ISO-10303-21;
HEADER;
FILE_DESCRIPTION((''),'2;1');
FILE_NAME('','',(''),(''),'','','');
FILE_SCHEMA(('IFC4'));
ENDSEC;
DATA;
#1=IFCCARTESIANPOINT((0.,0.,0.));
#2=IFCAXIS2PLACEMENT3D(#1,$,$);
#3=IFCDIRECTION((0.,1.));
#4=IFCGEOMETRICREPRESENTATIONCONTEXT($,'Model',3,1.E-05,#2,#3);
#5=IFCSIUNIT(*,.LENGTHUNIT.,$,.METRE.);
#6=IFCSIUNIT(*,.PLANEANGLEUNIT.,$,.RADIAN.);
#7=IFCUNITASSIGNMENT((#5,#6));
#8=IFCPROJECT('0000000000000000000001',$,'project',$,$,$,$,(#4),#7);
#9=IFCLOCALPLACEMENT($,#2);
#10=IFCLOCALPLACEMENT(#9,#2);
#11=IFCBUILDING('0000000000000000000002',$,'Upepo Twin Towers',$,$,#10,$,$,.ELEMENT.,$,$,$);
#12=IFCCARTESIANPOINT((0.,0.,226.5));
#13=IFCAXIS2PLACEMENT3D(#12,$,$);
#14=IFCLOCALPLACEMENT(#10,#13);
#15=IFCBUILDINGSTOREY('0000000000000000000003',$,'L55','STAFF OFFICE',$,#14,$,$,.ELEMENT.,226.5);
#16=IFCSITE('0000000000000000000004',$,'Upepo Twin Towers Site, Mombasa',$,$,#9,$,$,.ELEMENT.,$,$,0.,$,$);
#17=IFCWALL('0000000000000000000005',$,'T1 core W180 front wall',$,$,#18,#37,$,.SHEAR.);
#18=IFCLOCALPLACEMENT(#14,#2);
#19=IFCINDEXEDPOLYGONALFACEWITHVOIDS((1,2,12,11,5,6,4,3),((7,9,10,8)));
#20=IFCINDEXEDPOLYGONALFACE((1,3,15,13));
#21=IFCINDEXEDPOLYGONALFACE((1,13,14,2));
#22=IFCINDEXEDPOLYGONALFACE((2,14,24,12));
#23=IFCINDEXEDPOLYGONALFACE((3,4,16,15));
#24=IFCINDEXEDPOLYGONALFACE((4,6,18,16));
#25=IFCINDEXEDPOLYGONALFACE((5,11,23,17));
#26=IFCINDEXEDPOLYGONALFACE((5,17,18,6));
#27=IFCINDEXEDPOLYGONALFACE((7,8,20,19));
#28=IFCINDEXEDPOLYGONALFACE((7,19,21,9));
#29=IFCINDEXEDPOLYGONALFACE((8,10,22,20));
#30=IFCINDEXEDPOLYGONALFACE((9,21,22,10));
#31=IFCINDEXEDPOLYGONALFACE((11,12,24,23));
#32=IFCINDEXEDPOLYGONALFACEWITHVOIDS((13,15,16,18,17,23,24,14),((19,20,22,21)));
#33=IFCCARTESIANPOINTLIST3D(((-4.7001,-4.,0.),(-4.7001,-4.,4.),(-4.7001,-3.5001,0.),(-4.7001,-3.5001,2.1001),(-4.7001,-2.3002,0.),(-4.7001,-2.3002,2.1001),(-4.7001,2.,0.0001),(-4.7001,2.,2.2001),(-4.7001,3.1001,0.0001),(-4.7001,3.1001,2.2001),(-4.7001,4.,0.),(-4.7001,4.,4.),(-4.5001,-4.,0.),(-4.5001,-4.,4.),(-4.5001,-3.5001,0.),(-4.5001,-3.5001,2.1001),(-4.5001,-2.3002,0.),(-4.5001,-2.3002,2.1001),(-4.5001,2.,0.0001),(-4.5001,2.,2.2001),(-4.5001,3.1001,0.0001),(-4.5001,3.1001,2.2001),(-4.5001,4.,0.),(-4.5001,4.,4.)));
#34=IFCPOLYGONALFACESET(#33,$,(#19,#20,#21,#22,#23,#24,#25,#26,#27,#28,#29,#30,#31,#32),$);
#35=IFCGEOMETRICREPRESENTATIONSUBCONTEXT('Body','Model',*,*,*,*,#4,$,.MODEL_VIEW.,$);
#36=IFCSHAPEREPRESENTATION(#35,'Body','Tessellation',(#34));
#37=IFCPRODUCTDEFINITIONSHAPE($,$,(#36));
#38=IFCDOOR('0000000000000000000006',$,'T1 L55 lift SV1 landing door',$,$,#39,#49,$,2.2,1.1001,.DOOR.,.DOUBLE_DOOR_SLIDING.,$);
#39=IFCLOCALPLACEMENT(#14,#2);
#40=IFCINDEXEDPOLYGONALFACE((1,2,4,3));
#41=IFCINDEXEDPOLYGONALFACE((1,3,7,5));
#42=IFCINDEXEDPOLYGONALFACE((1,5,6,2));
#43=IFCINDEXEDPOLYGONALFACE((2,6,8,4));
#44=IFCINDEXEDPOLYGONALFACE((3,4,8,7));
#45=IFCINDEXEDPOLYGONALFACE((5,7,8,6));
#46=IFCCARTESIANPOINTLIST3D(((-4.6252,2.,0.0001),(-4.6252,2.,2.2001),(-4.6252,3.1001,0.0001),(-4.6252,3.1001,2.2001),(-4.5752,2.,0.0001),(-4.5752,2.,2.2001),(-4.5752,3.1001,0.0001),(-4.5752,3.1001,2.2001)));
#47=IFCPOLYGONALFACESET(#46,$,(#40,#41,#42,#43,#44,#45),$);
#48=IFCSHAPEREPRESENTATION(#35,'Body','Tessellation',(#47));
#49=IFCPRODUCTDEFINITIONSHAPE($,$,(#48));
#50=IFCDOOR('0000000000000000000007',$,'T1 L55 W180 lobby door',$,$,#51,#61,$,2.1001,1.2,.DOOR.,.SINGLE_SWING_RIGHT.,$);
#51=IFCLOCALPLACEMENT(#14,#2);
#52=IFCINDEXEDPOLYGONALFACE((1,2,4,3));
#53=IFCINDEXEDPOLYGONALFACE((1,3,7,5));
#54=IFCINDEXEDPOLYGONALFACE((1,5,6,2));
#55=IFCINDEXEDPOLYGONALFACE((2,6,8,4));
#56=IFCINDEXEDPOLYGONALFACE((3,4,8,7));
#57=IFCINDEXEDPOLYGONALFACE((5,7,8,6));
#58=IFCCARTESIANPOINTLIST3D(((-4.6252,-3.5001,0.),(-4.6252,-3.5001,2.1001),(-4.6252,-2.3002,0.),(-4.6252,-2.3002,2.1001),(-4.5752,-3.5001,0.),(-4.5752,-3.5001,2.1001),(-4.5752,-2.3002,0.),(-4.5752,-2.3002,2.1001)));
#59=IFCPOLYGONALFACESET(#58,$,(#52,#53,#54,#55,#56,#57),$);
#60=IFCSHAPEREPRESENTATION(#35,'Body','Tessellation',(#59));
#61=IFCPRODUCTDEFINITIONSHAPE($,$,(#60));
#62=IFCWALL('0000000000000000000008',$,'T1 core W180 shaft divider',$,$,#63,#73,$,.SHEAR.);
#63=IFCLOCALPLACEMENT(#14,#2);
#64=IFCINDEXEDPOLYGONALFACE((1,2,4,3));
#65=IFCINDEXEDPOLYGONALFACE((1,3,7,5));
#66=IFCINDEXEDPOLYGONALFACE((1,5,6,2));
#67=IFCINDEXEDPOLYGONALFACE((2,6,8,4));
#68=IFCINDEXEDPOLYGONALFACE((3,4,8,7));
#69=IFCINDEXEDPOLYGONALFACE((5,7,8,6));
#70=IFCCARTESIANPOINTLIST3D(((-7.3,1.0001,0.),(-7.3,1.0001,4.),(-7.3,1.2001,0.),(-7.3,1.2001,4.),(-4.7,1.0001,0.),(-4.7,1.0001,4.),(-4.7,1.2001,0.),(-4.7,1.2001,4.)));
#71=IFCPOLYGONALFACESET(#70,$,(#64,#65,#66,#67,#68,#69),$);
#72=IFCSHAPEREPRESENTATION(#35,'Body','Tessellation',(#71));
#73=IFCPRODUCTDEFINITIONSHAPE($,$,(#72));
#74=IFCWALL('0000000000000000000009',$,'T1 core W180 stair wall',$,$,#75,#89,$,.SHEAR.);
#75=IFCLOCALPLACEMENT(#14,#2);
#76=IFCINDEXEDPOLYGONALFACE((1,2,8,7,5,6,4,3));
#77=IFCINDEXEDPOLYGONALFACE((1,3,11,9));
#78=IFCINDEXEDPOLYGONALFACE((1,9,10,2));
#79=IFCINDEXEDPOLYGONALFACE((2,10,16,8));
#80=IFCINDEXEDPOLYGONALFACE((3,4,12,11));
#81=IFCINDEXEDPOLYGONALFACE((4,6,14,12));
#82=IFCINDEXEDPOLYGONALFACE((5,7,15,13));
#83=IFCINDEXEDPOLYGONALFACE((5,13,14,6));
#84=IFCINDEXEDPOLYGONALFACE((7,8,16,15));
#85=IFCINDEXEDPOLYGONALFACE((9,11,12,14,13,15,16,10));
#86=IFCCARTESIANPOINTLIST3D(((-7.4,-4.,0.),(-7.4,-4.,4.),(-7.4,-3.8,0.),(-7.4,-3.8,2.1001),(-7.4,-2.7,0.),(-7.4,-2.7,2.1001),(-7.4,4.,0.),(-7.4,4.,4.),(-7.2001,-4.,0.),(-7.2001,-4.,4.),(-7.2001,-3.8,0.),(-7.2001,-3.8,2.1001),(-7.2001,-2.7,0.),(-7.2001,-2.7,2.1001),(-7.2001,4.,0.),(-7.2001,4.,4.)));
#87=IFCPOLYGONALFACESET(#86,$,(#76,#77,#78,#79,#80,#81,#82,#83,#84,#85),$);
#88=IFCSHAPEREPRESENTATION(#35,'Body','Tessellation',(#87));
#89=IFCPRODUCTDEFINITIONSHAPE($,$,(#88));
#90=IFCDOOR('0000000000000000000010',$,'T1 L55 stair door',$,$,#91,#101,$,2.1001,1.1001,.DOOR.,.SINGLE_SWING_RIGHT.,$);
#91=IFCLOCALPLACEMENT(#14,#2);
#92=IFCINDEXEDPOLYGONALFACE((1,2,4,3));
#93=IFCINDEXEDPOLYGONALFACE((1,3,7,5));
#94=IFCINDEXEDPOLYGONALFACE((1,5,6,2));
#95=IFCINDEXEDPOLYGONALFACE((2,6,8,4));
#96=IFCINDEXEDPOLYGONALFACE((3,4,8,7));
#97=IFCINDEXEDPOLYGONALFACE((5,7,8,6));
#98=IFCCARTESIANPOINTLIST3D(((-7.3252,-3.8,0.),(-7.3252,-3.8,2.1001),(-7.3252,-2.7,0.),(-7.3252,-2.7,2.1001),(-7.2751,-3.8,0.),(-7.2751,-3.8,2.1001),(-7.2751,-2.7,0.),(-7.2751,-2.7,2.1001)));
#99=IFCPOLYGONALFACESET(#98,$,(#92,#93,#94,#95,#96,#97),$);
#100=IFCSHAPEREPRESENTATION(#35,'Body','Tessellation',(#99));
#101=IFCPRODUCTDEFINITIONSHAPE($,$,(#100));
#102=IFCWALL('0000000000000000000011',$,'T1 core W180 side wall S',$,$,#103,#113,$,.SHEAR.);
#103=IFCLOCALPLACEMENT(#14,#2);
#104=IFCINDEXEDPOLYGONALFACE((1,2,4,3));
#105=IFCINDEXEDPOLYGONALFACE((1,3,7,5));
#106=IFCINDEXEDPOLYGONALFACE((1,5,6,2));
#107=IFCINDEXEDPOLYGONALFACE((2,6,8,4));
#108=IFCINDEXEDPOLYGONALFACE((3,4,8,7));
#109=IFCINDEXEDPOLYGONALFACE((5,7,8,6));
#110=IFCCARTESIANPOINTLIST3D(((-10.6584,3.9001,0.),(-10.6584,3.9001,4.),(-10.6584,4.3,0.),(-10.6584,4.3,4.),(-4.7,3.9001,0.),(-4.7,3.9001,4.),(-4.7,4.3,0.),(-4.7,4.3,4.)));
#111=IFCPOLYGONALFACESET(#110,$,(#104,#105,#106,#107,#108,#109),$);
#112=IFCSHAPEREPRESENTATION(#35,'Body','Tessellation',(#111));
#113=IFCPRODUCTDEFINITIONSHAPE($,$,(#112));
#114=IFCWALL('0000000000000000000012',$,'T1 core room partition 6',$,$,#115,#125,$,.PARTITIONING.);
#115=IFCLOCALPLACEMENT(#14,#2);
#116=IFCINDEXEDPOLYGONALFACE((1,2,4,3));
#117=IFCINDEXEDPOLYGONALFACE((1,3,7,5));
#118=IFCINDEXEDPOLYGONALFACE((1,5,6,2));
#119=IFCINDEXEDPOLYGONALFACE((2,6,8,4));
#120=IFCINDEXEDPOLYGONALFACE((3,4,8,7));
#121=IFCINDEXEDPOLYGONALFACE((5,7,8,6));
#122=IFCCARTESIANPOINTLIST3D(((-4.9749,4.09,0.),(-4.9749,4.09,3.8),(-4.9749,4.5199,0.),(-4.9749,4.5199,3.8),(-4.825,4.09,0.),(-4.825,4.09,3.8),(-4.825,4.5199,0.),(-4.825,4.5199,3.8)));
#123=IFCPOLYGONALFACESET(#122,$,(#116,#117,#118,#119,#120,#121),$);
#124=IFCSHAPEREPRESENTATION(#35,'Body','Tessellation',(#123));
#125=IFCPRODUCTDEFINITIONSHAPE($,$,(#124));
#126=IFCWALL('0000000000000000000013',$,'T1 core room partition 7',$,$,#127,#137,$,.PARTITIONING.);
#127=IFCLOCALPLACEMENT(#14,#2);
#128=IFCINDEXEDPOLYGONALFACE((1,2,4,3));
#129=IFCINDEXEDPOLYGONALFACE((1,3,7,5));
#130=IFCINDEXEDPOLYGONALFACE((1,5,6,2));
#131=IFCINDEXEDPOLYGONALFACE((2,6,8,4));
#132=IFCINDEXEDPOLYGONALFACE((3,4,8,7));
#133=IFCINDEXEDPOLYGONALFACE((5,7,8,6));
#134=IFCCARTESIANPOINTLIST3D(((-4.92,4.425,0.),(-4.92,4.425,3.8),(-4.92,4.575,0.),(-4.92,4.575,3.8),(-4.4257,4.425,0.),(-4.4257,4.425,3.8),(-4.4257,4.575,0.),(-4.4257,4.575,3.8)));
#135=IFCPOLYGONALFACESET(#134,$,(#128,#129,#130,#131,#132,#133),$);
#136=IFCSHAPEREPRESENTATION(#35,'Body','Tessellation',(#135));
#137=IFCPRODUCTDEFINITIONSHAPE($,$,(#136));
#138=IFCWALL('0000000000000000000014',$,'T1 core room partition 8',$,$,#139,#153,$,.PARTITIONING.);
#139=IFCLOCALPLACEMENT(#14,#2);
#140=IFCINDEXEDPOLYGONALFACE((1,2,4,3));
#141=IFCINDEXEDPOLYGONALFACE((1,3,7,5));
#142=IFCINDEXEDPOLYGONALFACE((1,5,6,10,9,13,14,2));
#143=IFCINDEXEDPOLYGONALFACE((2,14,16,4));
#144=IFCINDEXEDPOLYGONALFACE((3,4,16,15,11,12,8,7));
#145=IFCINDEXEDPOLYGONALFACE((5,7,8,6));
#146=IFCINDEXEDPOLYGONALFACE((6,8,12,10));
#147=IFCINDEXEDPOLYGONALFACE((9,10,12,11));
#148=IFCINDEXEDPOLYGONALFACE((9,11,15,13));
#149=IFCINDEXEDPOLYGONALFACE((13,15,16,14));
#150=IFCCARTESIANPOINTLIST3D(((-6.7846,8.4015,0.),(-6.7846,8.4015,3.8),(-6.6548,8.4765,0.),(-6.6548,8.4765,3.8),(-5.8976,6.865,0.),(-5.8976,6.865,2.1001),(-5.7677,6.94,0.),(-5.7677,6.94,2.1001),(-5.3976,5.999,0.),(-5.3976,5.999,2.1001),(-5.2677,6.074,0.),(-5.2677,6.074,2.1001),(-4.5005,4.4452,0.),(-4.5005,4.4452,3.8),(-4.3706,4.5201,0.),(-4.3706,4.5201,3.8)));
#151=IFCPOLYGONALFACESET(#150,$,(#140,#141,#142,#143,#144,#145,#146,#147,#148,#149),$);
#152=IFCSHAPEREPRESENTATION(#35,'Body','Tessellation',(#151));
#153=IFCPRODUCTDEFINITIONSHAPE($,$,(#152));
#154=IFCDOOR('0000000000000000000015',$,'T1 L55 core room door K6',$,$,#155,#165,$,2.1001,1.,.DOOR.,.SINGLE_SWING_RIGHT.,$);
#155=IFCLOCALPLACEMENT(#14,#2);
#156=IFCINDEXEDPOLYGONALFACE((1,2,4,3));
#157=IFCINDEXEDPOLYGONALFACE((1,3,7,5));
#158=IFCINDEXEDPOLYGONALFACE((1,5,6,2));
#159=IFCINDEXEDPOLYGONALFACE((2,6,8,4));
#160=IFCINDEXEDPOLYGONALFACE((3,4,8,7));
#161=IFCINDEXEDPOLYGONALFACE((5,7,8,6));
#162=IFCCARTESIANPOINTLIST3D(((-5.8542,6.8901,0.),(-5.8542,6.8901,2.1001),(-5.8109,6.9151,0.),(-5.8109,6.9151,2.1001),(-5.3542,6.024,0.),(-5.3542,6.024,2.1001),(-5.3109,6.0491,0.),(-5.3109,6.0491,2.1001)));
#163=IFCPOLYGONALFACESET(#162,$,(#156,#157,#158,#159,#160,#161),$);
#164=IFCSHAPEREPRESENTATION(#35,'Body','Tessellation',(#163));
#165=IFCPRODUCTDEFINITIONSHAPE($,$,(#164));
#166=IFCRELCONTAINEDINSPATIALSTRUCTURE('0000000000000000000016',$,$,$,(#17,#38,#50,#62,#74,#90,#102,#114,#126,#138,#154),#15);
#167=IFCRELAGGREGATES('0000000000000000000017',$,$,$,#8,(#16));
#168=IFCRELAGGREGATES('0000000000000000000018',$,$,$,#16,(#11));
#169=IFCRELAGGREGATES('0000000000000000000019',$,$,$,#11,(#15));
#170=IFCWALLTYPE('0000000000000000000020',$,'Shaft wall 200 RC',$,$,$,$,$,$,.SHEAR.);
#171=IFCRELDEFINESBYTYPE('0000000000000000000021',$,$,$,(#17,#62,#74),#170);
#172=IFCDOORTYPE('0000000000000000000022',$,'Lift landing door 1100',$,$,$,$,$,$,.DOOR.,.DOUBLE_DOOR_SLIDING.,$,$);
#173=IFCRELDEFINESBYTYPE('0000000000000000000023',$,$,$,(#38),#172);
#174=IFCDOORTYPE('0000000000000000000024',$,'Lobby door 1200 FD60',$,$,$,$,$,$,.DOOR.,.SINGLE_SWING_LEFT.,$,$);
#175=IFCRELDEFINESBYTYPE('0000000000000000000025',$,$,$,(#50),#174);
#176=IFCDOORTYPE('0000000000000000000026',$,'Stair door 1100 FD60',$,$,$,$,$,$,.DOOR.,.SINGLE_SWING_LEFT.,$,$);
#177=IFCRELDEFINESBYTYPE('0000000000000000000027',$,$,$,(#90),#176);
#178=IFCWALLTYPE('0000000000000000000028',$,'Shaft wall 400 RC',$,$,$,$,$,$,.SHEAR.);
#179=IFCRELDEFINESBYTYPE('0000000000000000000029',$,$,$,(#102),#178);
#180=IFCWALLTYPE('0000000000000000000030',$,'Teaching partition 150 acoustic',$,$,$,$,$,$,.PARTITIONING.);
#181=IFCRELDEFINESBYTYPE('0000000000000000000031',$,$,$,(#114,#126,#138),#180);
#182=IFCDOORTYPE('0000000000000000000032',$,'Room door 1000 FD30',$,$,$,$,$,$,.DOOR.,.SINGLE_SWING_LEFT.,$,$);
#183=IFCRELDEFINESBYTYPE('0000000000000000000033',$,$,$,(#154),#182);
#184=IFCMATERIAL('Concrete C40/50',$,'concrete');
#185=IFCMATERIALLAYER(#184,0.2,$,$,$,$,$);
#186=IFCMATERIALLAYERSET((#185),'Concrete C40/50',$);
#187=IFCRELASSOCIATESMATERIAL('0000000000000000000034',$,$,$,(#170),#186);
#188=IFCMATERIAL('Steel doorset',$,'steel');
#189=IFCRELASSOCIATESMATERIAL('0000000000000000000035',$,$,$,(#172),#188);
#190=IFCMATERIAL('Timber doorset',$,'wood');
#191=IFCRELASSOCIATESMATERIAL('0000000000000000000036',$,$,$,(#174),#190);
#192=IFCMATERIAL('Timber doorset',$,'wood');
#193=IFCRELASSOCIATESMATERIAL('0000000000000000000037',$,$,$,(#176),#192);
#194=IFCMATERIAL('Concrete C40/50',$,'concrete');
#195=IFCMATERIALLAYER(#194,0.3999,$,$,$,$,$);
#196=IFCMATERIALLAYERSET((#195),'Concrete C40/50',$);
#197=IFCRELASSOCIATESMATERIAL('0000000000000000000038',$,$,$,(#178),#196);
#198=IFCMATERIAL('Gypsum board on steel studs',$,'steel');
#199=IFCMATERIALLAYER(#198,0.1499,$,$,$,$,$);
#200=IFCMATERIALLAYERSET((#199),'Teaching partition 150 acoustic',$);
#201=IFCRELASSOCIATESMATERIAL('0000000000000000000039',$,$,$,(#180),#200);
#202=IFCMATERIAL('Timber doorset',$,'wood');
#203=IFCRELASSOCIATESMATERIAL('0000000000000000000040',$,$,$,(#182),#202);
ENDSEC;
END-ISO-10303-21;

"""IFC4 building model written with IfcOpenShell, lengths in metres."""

from ifc_helpers import new_model, si_unit, direction, frame, frame_2d, origin, place, context, subcontext, project, spatial, rectangle, extrude, material, layer, layer_set, type_object, element, fill, save


model = new_model("IFC4")

# Units and contexts
model_context = context("Model", 3, precision=1e-05, world=origin(), true_north=direction((0.0, 1.0)))
body_context = subcontext(model_context, "Body", "Model", "MODEL_VIEW")
ifc_project = project(units=[si_unit("LENGTHUNIT", "METRE"), si_unit("PLANEANGLEUNIT", "RADIAN")], contexts=[model_context])

# Site, building, storey
site_placement = place(None, origin())
site = spatial("IfcSite", under=ifc_project, at=site_placement, Name="Upepo Twin Towers Site, Mombasa", CompositionType="ELEMENT", RefElevation=0.0)
building_placement = place(site_placement, origin())
building = spatial("IfcBuilding", under=site, at=building_placement, Name="Upepo Twin Towers", CompositionType="ELEMENT")
storey_placement = place(building_placement, frame((0.0, 0.0, 226.5)))
storey = spatial("IfcBuildingStorey", under=building, at=storey_placement, Name="L55", Description="STAFF OFFICE", CompositionType="ELEMENT", Elevation=226.5)

# Wall, openings, doors
ifc_material_1 = material(Name="Concrete C40/50", Category="concrete")
ifc_layer_1 = layer(ifc_material_1, 0.2)
ifc_layer_set_1 = layer_set([ifc_layer_1], Name="Concrete C40/50")
wall_type_1 = type_object("IfcWallType", Name="Shaft wall 200 RC", PredefinedType="SHEAR", material=ifc_layer_set_1)
wall_1_placement = place(storey_placement, frame((-4.6001, 4.0, 0.0), z_axis=(0.0, 0.0, 1.0), x_axis=(0.0, -1.0, 0.0)))
wall_1 = element("IfcWall", 1, at=wall_1_placement, inside=storey, type_object=wall_type_1, Name="T1 core W180 front wall", PredefinedType="SHEAR", context=body_context, shape_type="SweptSolid", body=[
    extrude(rectangle(XDim=8.0, YDim=0.2, at=frame_2d((4.0, 0.0))), origin(), (0.0, 0.0, 1.0), 4.0),
])
opening_1_placement = place(wall_1_placement, frame((6.3, 0.0, 0.0)))
opening_1 = element("IfcOpeningElement", 2, at=opening_1_placement, cuts=wall_1, PredefinedType="OPENING", context=body_context, shape_type="SweptSolid", body=[
    extrude(rectangle(XDim=1.2, YDim=2.1001, at=frame_2d((0.6001, 1.05))), frame((0.0, 0.1099, 0.0), z_axis=(0.0, -1.0, 0.0), x_axis=(1.0, 0.0, 0.0)), (0.0, 0.0, 1.0), 0.22),
])
opening_2_placement = place(wall_1_placement, frame((0.8999, 0.0, 0.0)))
opening_2 = element("IfcOpeningElement", 3, at=opening_2_placement, cuts=wall_1, PredefinedType="OPENING", context=body_context, shape_type="SweptSolid", body=[
    extrude(rectangle(XDim=1.1001, YDim=2.2, at=frame_2d((0.55, 1.1001))), frame((0.0, 0.1099, 0.0), z_axis=(0.0, -1.0, 0.0), x_axis=(1.0, 0.0, 0.0)), (0.0, 0.0, 1.0), 0.22),
])
ifc_material_2 = material(Name="Steel doorset", Category="steel")
door_type_1 = type_object("IfcDoorType", Name="Lift landing door 1100", OperationType="DOUBLE_DOOR_SLIDING", PredefinedType="DOOR", material=ifc_material_2)
door_1_placement = place(opening_2_placement, origin())
door_1 = element("IfcDoor", 4, at=door_1_placement, inside=storey, type_object=door_type_1, Name="T1 L55 lift SV1 landing door", OperationType="DOUBLE_DOOR_SLIDING", OverallHeight=2.2, OverallWidth=1.1001, PredefinedType="DOOR", context=body_context, shape_type="SweptSolid", body=[
    extrude(rectangle(XDim=1.1001, YDim=2.2, at=frame_2d((0.55, 1.1001))), frame((0.0, 0.0249, 0.0), z_axis=(0.0, -1.0, 0.0), x_axis=(1.0, 0.0, 0.0)), (0.0, 0.0, 1.0), 0.05),
])
fill(opening_2, door_1)
ifc_material_3 = material(Name="Timber doorset", Category="wood")
door_type_2 = type_object("IfcDoorType", Name="Lobby door 1200 FD60", OperationType="SINGLE_SWING_LEFT", PredefinedType="DOOR", material=ifc_material_3)
door_2_placement = place(opening_1_placement, origin())
door_2 = element("IfcDoor", 5, at=door_2_placement, inside=storey, type_object=door_type_2, Name="T1 L55 W180 lobby door", OperationType="SINGLE_SWING_RIGHT", OverallHeight=2.1001, OverallWidth=1.2, PredefinedType="DOOR", context=body_context, shape_type="SweptSolid", body=[
    extrude(rectangle(XDim=1.2, YDim=2.1001, at=frame_2d((0.6001, 1.05))), frame((0.0, 0.0249, 0.0), z_axis=(0.0, -1.0, 0.0), x_axis=(1.0, 0.0, 0.0)), (0.0, 0.0, 1.0), 0.05),
])
fill(opening_1, door_2)

# Wall
wall_2_placement = place(storey_placement, frame((-4.7, 1.1001, 0.0), z_axis=(0.0, 0.0, 1.0), x_axis=(-1.0, 0.0, 0.0)))
element("IfcWall", 6, at=wall_2_placement, inside=storey, type_object=wall_type_1, Name="T1 core W180 shaft divider", PredefinedType="SHEAR", context=body_context, shape_type="SweptSolid", body=[
    extrude(rectangle(XDim=2.6001, YDim=0.2, at=frame_2d((1.3, 0.0))), origin(), (0.0, 0.0, 1.0), 4.0),
])

# Wall, opening, door
wall_3_placement = place(storey_placement, frame((-7.3, 4.0, 0.0), z_axis=(0.0, 0.0, 1.0), x_axis=(0.0, -1.0, 0.0)))
wall_3 = element("IfcWall", 7, at=wall_3_placement, inside=storey, type_object=wall_type_1, Name="T1 core W180 stair wall", PredefinedType="SHEAR", context=body_context, shape_type="SweptSolid", body=[
    extrude(rectangle(XDim=8.0, YDim=0.2, at=frame_2d((4.0, 0.0))), origin(), (0.0, 0.0, 1.0), 4.0),
])
opening_3_placement = place(wall_3_placement, frame((6.7, 0.0, 0.0)))
opening_3 = element("IfcOpeningElement", 8, at=opening_3_placement, cuts=wall_3, PredefinedType="OPENING", context=body_context, shape_type="SweptSolid", body=[
    extrude(rectangle(XDim=1.1001, YDim=2.1001, at=frame_2d((0.55, 1.05))), frame((0.0, 0.1099, 0.0), z_axis=(0.0, -1.0, 0.0), x_axis=(1.0, 0.0, 0.0)), (0.0, 0.0, 1.0), 0.22),
])
ifc_material_4 = material(Name="Timber doorset", Category="wood")
door_type_3 = type_object("IfcDoorType", Name="Stair door 1100 FD60", OperationType="SINGLE_SWING_LEFT", PredefinedType="DOOR", material=ifc_material_4)
door_3_placement = place(opening_3_placement, origin())
door_3 = element("IfcDoor", 9, at=door_3_placement, inside=storey, type_object=door_type_3, Name="T1 L55 stair door", OperationType="SINGLE_SWING_RIGHT", OverallHeight=2.1001, OverallWidth=1.1001, PredefinedType="DOOR", context=body_context, shape_type="SweptSolid", body=[
    extrude(rectangle(XDim=1.1001, YDim=2.1001, at=frame_2d((0.55, 1.05))), frame((0.0, 0.0249, 0.0), z_axis=(0.0, -1.0, 0.0), x_axis=(1.0, 0.0, 0.0)), (0.0, 0.0, 1.0), 0.05),
])
fill(opening_3, door_3)

# Walls
ifc_material_5 = material(Name="Concrete C40/50", Category="concrete")
ifc_layer_2 = layer(ifc_material_5, 0.3999)
ifc_layer_set_2 = layer_set([ifc_layer_2], Name="Concrete C40/50")
wall_type_2 = type_object("IfcWallType", Name="Shaft wall 400 RC", PredefinedType="SHEAR", material=ifc_layer_set_2)
wall_4_placement = place(storey_placement, frame((-4.7, 4.1001, 0.0), z_axis=(0.0, 0.0, 1.0), x_axis=(-1.0, 0.0, 0.0)))
element("IfcWall", 10, at=wall_4_placement, inside=storey, type_object=wall_type_2, Name="T1 core W180 side wall S", PredefinedType="SHEAR", context=body_context, shape_type="SweptSolid", body=[
    extrude(rectangle(XDim=5.9585, YDim=0.3999, at=frame_2d((2.9792, 0.0))), origin(), (0.0, 0.0, 1.0), 4.0),
])
ifc_material_6 = material(Name="Gypsum board on steel studs", Category="steel")
ifc_layer_3 = layer(ifc_material_6, 0.1499)
ifc_layer_set_3 = layer_set([ifc_layer_3], Name="Teaching partition 150 acoustic")
wall_type_3 = type_object("IfcWallType", Name="Teaching partition 150 acoustic", PredefinedType="PARTITIONING", material=ifc_layer_set_3)
wall_5_placement = place(storey_placement, frame((-4.8999, 4.0901, 0.0), z_axis=(0.0, 0.0, 1.0), x_axis=(0.0, 1.0, 0.0)))
element("IfcWall", 11, at=wall_5_placement, inside=storey, type_object=wall_type_3, Name="T1 core room partition 6", PredefinedType="PARTITIONING", context=body_context, shape_type="SweptSolid", body=[
    extrude(rectangle(XDim=0.4299, YDim=0.1499, at=frame_2d((0.2148, 0.0))), origin(), (0.0, 0.0, 1.0), 3.8),
])
wall_6_placement = place(storey_placement, frame((-4.9199, 4.5, 0.0), z_axis=(0.0, 0.0, 1.0), x_axis=(1.0, 0.0, 0.0)))
element("IfcWall", 12, at=wall_6_placement, inside=storey, type_object=wall_type_3, Name="T1 core room partition 7", PredefinedType="PARTITIONING", context=body_context, shape_type="SweptSolid", body=[
    extrude(rectangle(XDim=0.4944, YDim=0.1499, at=frame_2d((0.2471, 0.0))), origin(), (0.0, 0.0, 1.0), 3.8),
])

# Wall, opening, door
wall_7_placement = place(storey_placement, frame((-4.4355, 4.4827, 0.0), z_axis=(0.0, 0.0, 1.0), x_axis=(-0.500002, 0.866025, 0.0)))
wall_7 = element("IfcWall", 13, at=wall_7_placement, inside=storey, type_object=wall_type_3, Name="T1 core room partition 8", PredefinedType="PARTITIONING", context=body_context, shape_type="SweptSolid", body=[
    extrude(rectangle(XDim=4.5684, YDim=0.1499, at=frame_2d((2.2842, 0.0))), origin(), (0.0, 0.0, 1.0), 3.8),
])
opening_4_placement = place(wall_7_placement, frame((1.7942, 0.0, 0.0)))
opening_4 = element("IfcOpeningElement", 14, at=opening_4_placement, cuts=wall_7, PredefinedType="OPENING", context=body_context, shape_type="SweptSolid", body=[
    extrude(rectangle(XDim=1.0, YDim=2.1001, at=frame_2d((0.5, 1.05))), frame((0.0, 0.085, 0.0), z_axis=(0.0, -1.0, 0.0), x_axis=(1.0, 0.0, 0.0)), (0.0, 0.0, 1.0), 0.1699),
])
ifc_material_7 = material(Name="Timber doorset", Category="wood")
door_type_4 = type_object("IfcDoorType", Name="Room door 1000 FD30", OperationType="SINGLE_SWING_LEFT", PredefinedType="DOOR", material=ifc_material_7)
door_4_placement = place(opening_4_placement, origin())
door_4 = element("IfcDoor", 15, at=door_4_placement, inside=storey, type_object=door_type_4, Name="T1 L55 core room door K6", OperationType="SINGLE_SWING_RIGHT", OverallHeight=2.1001, OverallWidth=1.0, PredefinedType="DOOR", context=body_context, shape_type="SweptSolid", body=[
    extrude(rectangle(XDim=1.0, YDim=2.1001, at=frame_2d((0.5, 1.05))), frame((0.0, 0.0249, 0.0), z_axis=(0.0, -1.0, 0.0), x_axis=(1.0, 0.0, 0.0)), (0.0, 0.0, 1.0), 0.05),
])
fill(opening_4, door_4)

save(model, "model.ifc")
